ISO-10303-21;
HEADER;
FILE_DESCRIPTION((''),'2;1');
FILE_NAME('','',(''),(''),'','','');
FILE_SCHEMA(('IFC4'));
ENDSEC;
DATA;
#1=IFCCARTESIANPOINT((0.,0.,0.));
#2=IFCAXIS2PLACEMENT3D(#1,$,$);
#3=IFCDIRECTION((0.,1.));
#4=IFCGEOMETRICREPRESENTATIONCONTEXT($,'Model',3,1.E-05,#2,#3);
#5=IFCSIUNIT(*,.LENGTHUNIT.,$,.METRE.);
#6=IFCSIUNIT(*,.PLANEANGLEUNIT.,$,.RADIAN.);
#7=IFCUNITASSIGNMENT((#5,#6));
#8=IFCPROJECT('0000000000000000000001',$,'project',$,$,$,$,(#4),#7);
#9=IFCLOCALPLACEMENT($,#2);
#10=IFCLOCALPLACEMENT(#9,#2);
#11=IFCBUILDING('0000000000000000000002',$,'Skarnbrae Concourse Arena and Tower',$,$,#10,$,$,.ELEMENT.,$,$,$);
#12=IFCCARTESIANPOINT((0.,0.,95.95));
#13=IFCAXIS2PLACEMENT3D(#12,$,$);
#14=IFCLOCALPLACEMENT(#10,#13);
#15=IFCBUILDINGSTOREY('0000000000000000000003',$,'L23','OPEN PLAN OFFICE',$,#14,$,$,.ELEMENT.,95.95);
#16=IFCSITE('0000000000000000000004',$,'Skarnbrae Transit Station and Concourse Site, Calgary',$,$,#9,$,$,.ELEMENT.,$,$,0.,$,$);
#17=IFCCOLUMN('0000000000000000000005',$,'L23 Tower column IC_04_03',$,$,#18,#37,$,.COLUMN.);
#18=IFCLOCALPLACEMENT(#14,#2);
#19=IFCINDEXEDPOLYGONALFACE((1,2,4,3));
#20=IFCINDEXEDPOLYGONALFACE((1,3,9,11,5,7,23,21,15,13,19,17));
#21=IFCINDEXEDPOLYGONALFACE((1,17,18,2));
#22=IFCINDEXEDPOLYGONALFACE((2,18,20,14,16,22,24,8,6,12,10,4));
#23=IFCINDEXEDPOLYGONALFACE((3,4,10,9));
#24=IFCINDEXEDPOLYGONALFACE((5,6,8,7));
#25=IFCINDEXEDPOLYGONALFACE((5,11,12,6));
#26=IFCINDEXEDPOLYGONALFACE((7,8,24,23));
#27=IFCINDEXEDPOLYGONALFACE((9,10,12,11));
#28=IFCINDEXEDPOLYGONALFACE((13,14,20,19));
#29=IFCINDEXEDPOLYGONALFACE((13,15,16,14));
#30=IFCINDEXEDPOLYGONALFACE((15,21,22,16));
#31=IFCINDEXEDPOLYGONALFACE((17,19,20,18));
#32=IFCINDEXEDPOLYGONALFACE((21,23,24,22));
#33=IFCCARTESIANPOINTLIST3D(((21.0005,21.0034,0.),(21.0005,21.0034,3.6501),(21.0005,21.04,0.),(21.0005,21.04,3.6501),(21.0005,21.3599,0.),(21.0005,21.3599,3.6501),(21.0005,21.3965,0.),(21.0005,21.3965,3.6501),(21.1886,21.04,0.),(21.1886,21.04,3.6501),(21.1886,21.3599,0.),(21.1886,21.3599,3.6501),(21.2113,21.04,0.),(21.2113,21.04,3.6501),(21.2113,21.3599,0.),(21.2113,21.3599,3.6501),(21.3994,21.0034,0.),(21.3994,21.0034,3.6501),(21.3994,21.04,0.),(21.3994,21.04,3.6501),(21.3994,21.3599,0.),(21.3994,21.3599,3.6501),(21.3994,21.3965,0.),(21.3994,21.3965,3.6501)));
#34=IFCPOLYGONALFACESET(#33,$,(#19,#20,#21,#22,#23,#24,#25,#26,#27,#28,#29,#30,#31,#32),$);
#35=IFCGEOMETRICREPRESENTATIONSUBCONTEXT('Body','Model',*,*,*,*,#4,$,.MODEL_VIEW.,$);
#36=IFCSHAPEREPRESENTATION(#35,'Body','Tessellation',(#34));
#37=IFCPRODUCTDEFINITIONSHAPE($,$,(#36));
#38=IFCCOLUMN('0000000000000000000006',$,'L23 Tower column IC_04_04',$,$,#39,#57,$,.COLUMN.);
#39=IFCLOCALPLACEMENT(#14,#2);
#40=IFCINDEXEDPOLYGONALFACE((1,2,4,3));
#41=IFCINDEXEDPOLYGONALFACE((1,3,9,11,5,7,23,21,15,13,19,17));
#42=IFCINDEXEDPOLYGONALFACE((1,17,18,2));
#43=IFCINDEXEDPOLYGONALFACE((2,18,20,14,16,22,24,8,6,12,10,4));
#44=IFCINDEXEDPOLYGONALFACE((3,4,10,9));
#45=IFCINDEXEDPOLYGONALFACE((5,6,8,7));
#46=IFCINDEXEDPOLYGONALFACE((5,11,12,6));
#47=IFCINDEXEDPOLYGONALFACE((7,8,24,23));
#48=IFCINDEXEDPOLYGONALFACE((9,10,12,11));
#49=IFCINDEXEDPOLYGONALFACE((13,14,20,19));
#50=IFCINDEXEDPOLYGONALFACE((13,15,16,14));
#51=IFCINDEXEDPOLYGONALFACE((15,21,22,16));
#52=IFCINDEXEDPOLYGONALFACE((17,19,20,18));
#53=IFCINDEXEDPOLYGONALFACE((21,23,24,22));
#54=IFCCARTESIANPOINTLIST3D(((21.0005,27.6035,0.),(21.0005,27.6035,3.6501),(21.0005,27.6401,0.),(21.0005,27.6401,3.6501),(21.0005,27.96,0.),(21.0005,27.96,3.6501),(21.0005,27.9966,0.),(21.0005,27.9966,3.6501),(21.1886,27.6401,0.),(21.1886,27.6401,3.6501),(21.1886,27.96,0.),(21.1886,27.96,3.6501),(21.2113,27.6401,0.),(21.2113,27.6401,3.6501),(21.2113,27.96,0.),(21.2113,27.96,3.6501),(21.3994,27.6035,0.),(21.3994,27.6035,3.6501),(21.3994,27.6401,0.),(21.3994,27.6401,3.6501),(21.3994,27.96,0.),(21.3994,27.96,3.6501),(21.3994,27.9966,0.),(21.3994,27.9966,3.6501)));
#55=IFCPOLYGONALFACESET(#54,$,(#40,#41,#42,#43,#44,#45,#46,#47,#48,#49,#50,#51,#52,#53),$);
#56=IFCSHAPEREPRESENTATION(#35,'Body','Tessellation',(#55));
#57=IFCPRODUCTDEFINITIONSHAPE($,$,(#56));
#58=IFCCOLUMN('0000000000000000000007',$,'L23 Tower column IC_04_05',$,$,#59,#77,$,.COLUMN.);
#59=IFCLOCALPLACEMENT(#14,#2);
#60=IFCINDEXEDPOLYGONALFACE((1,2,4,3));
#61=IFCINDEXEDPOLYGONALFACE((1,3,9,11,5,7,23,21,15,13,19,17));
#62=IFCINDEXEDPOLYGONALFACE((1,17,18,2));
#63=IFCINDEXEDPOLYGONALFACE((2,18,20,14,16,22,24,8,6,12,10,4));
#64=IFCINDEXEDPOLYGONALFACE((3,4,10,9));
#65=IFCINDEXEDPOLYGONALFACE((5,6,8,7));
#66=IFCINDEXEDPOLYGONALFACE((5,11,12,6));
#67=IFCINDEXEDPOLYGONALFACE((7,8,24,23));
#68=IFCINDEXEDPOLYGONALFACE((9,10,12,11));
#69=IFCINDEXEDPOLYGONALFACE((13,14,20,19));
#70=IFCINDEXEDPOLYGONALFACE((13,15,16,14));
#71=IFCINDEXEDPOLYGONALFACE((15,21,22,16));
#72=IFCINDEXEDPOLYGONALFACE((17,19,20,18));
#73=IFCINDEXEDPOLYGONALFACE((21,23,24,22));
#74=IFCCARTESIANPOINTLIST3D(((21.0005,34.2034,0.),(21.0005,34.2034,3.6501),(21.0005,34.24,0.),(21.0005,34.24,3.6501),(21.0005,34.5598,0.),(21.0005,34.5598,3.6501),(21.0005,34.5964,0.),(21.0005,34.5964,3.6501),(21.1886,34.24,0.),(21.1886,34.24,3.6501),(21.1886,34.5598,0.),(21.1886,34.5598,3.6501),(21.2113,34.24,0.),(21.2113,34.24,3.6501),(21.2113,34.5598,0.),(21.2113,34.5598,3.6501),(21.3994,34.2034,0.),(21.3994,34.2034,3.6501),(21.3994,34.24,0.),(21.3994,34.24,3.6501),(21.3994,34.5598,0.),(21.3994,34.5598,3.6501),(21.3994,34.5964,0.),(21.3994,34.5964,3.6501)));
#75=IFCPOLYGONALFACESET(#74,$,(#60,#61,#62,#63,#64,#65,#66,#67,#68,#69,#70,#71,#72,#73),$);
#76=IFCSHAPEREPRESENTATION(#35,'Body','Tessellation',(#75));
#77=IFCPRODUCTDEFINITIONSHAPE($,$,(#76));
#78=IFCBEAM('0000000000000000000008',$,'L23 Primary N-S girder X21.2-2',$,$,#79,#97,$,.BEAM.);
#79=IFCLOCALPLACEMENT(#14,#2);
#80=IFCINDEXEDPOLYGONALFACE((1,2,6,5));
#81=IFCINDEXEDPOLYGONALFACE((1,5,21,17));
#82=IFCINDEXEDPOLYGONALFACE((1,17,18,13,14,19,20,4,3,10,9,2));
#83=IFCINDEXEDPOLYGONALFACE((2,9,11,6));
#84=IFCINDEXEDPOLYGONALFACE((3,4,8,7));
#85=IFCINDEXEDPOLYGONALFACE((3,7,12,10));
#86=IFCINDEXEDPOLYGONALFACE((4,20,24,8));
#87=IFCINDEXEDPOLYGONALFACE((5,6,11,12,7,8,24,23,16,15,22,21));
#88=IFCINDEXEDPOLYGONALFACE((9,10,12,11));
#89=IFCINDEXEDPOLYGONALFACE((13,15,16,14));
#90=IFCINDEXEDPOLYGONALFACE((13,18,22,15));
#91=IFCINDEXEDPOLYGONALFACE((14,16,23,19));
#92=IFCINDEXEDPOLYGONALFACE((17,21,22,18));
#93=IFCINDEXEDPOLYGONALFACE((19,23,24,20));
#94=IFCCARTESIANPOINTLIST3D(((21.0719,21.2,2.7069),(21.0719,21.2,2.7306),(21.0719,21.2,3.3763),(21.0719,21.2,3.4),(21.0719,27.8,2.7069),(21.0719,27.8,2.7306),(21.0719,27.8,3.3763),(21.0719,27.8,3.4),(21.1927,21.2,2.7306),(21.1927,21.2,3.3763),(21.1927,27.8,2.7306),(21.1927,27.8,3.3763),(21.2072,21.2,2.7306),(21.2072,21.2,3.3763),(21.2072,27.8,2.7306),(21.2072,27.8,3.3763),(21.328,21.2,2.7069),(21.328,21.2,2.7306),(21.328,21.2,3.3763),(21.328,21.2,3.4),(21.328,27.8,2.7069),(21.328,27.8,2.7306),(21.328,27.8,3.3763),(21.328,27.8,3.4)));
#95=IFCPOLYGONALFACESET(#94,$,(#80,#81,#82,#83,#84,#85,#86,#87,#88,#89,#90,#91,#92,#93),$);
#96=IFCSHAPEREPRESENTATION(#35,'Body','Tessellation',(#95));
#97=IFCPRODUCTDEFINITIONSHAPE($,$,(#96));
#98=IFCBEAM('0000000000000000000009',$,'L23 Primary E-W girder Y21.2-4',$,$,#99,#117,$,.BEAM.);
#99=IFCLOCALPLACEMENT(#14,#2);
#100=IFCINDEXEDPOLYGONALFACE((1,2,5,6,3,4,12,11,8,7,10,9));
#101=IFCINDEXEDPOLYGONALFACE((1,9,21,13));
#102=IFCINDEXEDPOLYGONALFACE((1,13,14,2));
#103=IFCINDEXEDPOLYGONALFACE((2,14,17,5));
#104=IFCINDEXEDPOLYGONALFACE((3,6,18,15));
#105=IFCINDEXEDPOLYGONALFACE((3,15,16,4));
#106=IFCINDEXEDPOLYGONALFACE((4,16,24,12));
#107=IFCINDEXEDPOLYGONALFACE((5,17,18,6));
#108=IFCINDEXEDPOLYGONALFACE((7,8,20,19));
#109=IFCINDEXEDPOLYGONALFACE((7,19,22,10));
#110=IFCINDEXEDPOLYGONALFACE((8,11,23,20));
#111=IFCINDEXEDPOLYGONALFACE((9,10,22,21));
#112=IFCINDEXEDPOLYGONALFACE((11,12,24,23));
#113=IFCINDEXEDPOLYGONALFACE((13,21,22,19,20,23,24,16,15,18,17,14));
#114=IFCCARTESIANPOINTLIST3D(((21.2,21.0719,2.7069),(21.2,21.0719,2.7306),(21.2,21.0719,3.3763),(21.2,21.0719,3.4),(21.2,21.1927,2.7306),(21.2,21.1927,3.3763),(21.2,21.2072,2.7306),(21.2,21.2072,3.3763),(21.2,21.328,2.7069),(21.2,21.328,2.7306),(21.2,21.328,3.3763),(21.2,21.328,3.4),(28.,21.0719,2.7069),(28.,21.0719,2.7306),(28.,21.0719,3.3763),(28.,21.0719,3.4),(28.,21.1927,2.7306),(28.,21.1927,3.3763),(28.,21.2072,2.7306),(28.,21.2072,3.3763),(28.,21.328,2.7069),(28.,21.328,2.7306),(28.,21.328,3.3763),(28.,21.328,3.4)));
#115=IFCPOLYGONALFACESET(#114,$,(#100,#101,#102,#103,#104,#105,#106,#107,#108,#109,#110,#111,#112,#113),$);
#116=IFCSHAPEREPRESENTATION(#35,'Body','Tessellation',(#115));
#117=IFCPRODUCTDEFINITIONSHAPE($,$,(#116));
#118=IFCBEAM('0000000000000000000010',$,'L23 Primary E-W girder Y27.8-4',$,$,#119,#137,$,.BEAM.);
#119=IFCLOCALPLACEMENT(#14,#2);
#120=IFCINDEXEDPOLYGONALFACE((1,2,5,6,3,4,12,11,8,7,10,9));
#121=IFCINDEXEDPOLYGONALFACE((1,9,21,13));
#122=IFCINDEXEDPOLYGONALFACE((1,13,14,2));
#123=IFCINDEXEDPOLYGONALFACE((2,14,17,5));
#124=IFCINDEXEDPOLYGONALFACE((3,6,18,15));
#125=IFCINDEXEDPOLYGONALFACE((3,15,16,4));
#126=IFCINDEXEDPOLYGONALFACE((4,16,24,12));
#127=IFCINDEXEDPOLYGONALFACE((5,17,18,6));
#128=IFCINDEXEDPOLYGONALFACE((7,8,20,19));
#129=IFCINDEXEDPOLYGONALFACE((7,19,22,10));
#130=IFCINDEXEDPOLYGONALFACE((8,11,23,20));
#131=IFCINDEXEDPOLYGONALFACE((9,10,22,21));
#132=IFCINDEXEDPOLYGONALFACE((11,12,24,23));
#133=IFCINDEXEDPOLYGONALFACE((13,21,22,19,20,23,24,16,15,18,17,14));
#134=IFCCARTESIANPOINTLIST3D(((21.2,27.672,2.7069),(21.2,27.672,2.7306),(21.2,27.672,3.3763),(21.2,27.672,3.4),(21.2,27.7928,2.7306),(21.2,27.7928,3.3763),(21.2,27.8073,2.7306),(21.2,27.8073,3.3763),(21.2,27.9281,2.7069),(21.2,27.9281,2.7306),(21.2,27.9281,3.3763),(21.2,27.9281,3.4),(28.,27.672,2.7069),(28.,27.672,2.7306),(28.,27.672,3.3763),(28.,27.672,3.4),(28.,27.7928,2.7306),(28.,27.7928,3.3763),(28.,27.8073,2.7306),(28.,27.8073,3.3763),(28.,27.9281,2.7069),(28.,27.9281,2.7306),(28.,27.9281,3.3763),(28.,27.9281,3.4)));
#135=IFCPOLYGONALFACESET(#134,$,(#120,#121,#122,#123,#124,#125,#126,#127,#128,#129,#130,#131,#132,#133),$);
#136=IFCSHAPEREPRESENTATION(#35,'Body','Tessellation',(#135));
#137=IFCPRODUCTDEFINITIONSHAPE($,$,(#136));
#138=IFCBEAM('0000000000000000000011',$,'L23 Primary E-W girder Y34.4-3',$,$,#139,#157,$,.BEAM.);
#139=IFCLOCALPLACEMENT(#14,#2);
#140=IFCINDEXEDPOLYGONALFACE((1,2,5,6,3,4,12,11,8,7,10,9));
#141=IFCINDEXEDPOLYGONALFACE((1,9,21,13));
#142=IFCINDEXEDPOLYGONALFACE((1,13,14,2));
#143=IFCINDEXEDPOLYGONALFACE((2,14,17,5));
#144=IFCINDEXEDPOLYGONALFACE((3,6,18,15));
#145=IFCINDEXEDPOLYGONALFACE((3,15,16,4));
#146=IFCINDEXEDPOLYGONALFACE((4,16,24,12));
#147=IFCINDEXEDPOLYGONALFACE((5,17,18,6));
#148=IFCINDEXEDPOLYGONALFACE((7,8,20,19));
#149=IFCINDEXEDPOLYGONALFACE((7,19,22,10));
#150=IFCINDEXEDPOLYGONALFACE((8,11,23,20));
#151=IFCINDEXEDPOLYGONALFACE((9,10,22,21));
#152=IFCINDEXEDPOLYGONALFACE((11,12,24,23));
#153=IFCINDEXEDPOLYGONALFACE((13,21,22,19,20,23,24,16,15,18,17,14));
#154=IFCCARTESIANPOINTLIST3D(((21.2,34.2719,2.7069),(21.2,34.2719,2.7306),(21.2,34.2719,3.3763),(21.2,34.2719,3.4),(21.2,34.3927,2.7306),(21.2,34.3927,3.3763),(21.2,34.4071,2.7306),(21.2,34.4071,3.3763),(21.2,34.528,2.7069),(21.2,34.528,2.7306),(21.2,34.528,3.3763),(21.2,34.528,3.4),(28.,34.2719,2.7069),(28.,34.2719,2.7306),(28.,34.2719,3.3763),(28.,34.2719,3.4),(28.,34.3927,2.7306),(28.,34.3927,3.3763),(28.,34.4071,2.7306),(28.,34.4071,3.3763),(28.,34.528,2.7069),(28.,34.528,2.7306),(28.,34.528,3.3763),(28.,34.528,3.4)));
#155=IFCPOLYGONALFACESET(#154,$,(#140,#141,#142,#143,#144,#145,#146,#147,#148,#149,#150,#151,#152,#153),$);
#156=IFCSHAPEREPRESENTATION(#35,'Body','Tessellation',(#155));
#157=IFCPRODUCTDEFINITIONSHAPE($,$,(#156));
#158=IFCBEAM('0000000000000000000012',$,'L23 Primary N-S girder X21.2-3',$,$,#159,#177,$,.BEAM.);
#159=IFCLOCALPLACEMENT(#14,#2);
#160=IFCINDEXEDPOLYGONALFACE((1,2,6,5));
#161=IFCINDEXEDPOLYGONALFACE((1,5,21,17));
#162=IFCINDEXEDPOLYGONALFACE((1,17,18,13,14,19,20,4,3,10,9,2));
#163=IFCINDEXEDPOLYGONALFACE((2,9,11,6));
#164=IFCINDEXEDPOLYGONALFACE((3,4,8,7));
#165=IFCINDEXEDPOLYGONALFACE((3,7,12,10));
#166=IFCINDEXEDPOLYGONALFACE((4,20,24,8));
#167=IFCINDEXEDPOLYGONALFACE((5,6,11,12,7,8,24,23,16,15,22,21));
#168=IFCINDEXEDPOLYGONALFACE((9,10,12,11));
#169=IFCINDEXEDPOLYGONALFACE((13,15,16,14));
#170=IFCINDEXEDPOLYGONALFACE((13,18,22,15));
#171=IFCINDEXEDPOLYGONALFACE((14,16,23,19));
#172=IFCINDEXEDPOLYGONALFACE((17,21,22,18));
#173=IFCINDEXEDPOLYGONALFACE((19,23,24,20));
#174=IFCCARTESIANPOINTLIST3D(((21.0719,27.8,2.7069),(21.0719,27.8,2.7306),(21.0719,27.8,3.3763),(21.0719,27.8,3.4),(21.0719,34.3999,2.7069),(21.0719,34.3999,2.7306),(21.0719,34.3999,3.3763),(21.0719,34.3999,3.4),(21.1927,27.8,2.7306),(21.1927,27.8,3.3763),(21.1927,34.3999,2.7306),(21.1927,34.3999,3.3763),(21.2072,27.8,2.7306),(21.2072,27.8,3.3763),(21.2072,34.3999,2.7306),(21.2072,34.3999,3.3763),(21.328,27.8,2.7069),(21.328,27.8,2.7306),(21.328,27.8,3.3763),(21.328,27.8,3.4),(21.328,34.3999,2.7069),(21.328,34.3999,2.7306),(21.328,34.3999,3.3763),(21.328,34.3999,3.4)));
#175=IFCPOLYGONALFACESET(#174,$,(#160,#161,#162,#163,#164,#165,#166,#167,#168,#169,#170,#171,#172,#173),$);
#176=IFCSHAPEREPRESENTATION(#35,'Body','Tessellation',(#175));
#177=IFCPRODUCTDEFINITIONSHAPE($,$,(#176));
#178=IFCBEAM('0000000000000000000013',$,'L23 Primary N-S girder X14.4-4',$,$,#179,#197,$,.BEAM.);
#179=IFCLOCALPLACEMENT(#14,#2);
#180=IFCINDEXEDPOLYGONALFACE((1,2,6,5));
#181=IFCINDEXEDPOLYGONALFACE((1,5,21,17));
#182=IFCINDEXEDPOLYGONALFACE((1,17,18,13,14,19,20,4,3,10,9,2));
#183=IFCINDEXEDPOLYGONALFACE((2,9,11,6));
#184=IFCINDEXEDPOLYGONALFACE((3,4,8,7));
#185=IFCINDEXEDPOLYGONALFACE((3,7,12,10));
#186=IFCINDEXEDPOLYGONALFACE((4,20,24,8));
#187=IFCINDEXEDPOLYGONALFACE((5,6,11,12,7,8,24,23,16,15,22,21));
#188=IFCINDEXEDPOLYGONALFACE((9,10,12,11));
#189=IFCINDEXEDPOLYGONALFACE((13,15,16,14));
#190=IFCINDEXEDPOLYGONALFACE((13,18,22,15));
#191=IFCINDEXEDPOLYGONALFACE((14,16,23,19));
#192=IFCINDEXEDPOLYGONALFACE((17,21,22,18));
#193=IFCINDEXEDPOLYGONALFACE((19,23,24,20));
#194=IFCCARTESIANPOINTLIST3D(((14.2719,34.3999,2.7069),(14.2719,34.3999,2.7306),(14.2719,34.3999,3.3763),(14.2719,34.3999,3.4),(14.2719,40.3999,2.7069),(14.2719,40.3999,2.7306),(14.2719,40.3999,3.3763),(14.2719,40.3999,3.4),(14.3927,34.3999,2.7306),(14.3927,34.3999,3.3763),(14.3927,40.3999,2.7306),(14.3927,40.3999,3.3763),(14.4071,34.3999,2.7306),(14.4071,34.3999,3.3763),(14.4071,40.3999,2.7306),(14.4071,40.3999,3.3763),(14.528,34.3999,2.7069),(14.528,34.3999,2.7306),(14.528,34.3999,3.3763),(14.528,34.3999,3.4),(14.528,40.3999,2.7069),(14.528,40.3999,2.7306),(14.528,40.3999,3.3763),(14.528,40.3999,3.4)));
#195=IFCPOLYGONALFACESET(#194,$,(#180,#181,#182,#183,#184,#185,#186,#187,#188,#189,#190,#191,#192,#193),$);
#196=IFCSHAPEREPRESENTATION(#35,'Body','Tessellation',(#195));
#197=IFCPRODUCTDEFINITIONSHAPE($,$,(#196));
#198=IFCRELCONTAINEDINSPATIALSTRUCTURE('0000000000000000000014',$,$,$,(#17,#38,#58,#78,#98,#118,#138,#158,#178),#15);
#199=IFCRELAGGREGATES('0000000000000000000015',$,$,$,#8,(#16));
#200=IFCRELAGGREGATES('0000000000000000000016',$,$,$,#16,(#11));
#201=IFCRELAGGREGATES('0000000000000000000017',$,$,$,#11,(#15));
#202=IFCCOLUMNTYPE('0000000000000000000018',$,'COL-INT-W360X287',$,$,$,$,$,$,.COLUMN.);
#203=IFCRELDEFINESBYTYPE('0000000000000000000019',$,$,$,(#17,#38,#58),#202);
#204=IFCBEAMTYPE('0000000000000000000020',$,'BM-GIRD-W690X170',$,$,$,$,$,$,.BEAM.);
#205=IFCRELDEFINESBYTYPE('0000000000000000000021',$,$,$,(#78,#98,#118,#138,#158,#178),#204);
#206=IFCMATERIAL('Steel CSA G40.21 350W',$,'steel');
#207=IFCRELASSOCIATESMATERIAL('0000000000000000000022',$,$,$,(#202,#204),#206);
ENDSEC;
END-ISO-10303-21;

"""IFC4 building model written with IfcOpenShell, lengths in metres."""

from ifc_helpers import new_model, si_unit, direction, frame, origin, origin_2d, place, context, subcontext, project, spatial, i_section, extrude, source, transform, mapped, material, material_profile, profile_set, type_object, element, save


model = new_model("IFC4")

# Units and contexts
model_context = context("Model", 3, precision=1e-05, world=origin(), true_north=direction((0.0, 1.0)))
body_context = subcontext(model_context, "Body", "Model", "MODEL_VIEW")
ifc_project = project(units=[si_unit("LENGTHUNIT", "METRE"), si_unit("PLANEANGLEUNIT", "RADIAN")], contexts=[model_context])

# Site, building, storey
site_placement = place(None, origin())
site = spatial("IfcSite", under=ifc_project, at=site_placement, Name="Skarnbrae Transit Station and Concourse Site, Calgary", CompositionType="ELEMENT", RefElevation=0.0)
building_placement = place(site_placement, origin())
building = spatial("IfcBuilding", under=site, at=building_placement, Name="Skarnbrae Concourse Arena and Tower", CompositionType="ELEMENT")
storey_placement = place(building_placement, frame((0.0, 0.0, 95.95)))
storey = spatial("IfcBuildingStorey", under=building, at=storey_placement, Name="L23", Description="OPEN PLAN OFFICE", CompositionType="ELEMENT", Elevation=95.95)

# Columns
ifc_material_1 = material(Name="Steel CSA G40.21 350W", Category="steel")
ifc_material_profile_1 = material_profile(ifc_material_1, i_section(OverallWidth=0.3989, OverallDepth=0.3931, WebThickness=0.0227, FlangeThickness=0.0366, at=origin_2d()), Name="W360X287")
ifc_profile_set_1 = profile_set([ifc_material_profile_1], Name="Steel CSA G40.21 350W")
column_type = type_object("IfcColumnType", Name="COL-INT-W360X287", PredefinedType="COLUMN", material=ifc_profile_set_1)
shared_shape_1 = source(origin(), body_context, "Body", "SweptSolid", [
    extrude(i_section(OverallWidth=0.3989, OverallDepth=0.3931, WebThickness=0.0227, FlangeThickness=0.0366, at=origin_2d()), origin(), (0.0, 0.0, 1.0), 3.6501),
])
for number, where, z_axis, x_axis, name in (
    (1, (21.2, 21.2, 0.0), (0.0, 0.0, 1.0), (1.0, 0.0, 0.0), "L23 Tower column IC_04_03"),
    (2, (21.2, 27.8, 0.0), (0.0, 0.0, 1.0), (1.0, 0.0, 0.0), "L23 Tower column IC_04_04"),
    (3, (21.2, 34.3999, 0.0), (0.0, 0.0, 1.0), (1.0, 0.0, 0.0), "L23 Tower column IC_04_05"),
):
    element("IfcColumn", number, at=place(storey_placement, frame(where, z_axis=z_axis, x_axis=x_axis)), inside=storey, type_object=column_type, Name=name, PredefinedType="COLUMN", context=body_context, shape_type="MappedRepresentation", body=[
        mapped(shared_shape_1, transform((0.0, 0.0, 0.0))),
    ])

# Beams
ifc_material_profile_2 = material_profile(ifc_material_1, i_section(OverallWidth=0.2561, OverallDepth=0.6931, WebThickness=0.0144, FlangeThickness=0.0237, at=origin_2d()), Name="W690X170")
ifc_profile_set_2 = profile_set([ifc_material_profile_2], Name="Steel CSA G40.21 350W")
beam_type_1 = type_object("IfcBeamType", Name="BM-GIRD-W690X170", PredefinedType="BEAM", material=ifc_profile_set_2)
shared_shape_2 = source(origin(), body_context, "Body", "SweptSolid", [
    extrude(i_section(OverallWidth=0.2561, OverallDepth=0.6931, WebThickness=0.0144, FlangeThickness=0.0237, at=origin_2d()), origin(), (0.0, 0.0, 1.0), 6.6001),
])
beam_1_placement = place(storey_placement, frame((21.2, 21.2, 3.0535), z_axis=(0.0, 1.0, 0.0), x_axis=(-1.0, 0.0, 0.0)))
element("IfcBeam", 4, at=beam_1_placement, inside=storey, type_object=beam_type_1, Name="L23 Primary N-S girder X21.2-2", PredefinedType="BEAM", context=body_context, shape_type="MappedRepresentation", body=[
    mapped(shared_shape_2, transform((0.0, 0.0, 0.0))),
])
shared_shape_3 = source(origin(), body_context, "Body", "SweptSolid", [
    extrude(i_section(OverallWidth=0.2561, OverallDepth=0.6931, WebThickness=0.0144, FlangeThickness=0.0237, at=origin_2d()), origin(), (0.0, 0.0, 1.0), 6.8),
])
for number, where, z_axis, x_axis, name in (
    (5, (21.2, 21.2, 3.0535), (1.0, 0.0, 0.0), (0.0, 1.0, 0.0), "L23 Primary E-W girder Y21.2-4"),
    (6, (21.2, 27.8, 3.0535), (1.0, 0.0, 0.0), (0.0, 1.0, 0.0), "L23 Primary E-W girder Y27.8-4"),
    (7, (21.2, 34.3999, 3.0535), (1.0, 0.0, 0.0), (0.0, 1.0, 0.0), "L23 Primary E-W girder Y34.4-3"),
):
    element("IfcBeam", number, at=place(storey_placement, frame(where, z_axis=z_axis, x_axis=x_axis)), inside=storey, type_object=beam_type_1, Name=name, PredefinedType="BEAM", context=body_context, shape_type="MappedRepresentation", body=[
        mapped(shared_shape_3, transform((0.0, 0.0, 0.0))),
    ])
shared_shape_4 = source(origin(), body_context, "Body", "SweptSolid", [
    extrude(i_section(OverallWidth=0.2561, OverallDepth=0.6931, WebThickness=0.0144, FlangeThickness=0.0237, at=origin_2d()), origin(), (0.0, 0.0, 1.0), 6.5999),
])
beam_2_placement = place(storey_placement, frame((21.2, 27.8, 3.0535), z_axis=(0.0, 1.0, 0.0), x_axis=(-1.0, 0.0, 0.0)))
element("IfcBeam", 8, at=beam_2_placement, inside=storey, type_object=beam_type_1, Name="L23 Primary N-S girder X21.2-3", PredefinedType="BEAM", context=body_context, shape_type="MappedRepresentation", body=[
    mapped(shared_shape_4, transform((0.0, 0.0, 0.0))),
])
shared_shape_5 = source(origin(), body_context, "Body", "SweptSolid", [
    extrude(i_section(OverallWidth=0.2561, OverallDepth=0.6931, WebThickness=0.0144, FlangeThickness=0.0237, at=origin_2d()), origin(), (0.0, 0.0, 1.0), 6.0),
])
for number, where, z_axis, x_axis, name in (
    (9, (14.3999, 34.3999, 3.0535), (0.0, 1.0, 0.0), (-1.0, 0.0, 0.0), "L23 Primary N-S girder X14.4-4"),
):
    element("IfcBeam", number, at=place(storey_placement, frame(where, z_axis=z_axis, x_axis=x_axis)), inside=storey, type_object=beam_type_1, Name=name, PredefinedType="BEAM", context=body_context, shape_type="MappedRepresentation", body=[
        mapped(shared_shape_5, transform((0.0, 0.0, 0.0))),
    ])

save(model, "model.ifc")
